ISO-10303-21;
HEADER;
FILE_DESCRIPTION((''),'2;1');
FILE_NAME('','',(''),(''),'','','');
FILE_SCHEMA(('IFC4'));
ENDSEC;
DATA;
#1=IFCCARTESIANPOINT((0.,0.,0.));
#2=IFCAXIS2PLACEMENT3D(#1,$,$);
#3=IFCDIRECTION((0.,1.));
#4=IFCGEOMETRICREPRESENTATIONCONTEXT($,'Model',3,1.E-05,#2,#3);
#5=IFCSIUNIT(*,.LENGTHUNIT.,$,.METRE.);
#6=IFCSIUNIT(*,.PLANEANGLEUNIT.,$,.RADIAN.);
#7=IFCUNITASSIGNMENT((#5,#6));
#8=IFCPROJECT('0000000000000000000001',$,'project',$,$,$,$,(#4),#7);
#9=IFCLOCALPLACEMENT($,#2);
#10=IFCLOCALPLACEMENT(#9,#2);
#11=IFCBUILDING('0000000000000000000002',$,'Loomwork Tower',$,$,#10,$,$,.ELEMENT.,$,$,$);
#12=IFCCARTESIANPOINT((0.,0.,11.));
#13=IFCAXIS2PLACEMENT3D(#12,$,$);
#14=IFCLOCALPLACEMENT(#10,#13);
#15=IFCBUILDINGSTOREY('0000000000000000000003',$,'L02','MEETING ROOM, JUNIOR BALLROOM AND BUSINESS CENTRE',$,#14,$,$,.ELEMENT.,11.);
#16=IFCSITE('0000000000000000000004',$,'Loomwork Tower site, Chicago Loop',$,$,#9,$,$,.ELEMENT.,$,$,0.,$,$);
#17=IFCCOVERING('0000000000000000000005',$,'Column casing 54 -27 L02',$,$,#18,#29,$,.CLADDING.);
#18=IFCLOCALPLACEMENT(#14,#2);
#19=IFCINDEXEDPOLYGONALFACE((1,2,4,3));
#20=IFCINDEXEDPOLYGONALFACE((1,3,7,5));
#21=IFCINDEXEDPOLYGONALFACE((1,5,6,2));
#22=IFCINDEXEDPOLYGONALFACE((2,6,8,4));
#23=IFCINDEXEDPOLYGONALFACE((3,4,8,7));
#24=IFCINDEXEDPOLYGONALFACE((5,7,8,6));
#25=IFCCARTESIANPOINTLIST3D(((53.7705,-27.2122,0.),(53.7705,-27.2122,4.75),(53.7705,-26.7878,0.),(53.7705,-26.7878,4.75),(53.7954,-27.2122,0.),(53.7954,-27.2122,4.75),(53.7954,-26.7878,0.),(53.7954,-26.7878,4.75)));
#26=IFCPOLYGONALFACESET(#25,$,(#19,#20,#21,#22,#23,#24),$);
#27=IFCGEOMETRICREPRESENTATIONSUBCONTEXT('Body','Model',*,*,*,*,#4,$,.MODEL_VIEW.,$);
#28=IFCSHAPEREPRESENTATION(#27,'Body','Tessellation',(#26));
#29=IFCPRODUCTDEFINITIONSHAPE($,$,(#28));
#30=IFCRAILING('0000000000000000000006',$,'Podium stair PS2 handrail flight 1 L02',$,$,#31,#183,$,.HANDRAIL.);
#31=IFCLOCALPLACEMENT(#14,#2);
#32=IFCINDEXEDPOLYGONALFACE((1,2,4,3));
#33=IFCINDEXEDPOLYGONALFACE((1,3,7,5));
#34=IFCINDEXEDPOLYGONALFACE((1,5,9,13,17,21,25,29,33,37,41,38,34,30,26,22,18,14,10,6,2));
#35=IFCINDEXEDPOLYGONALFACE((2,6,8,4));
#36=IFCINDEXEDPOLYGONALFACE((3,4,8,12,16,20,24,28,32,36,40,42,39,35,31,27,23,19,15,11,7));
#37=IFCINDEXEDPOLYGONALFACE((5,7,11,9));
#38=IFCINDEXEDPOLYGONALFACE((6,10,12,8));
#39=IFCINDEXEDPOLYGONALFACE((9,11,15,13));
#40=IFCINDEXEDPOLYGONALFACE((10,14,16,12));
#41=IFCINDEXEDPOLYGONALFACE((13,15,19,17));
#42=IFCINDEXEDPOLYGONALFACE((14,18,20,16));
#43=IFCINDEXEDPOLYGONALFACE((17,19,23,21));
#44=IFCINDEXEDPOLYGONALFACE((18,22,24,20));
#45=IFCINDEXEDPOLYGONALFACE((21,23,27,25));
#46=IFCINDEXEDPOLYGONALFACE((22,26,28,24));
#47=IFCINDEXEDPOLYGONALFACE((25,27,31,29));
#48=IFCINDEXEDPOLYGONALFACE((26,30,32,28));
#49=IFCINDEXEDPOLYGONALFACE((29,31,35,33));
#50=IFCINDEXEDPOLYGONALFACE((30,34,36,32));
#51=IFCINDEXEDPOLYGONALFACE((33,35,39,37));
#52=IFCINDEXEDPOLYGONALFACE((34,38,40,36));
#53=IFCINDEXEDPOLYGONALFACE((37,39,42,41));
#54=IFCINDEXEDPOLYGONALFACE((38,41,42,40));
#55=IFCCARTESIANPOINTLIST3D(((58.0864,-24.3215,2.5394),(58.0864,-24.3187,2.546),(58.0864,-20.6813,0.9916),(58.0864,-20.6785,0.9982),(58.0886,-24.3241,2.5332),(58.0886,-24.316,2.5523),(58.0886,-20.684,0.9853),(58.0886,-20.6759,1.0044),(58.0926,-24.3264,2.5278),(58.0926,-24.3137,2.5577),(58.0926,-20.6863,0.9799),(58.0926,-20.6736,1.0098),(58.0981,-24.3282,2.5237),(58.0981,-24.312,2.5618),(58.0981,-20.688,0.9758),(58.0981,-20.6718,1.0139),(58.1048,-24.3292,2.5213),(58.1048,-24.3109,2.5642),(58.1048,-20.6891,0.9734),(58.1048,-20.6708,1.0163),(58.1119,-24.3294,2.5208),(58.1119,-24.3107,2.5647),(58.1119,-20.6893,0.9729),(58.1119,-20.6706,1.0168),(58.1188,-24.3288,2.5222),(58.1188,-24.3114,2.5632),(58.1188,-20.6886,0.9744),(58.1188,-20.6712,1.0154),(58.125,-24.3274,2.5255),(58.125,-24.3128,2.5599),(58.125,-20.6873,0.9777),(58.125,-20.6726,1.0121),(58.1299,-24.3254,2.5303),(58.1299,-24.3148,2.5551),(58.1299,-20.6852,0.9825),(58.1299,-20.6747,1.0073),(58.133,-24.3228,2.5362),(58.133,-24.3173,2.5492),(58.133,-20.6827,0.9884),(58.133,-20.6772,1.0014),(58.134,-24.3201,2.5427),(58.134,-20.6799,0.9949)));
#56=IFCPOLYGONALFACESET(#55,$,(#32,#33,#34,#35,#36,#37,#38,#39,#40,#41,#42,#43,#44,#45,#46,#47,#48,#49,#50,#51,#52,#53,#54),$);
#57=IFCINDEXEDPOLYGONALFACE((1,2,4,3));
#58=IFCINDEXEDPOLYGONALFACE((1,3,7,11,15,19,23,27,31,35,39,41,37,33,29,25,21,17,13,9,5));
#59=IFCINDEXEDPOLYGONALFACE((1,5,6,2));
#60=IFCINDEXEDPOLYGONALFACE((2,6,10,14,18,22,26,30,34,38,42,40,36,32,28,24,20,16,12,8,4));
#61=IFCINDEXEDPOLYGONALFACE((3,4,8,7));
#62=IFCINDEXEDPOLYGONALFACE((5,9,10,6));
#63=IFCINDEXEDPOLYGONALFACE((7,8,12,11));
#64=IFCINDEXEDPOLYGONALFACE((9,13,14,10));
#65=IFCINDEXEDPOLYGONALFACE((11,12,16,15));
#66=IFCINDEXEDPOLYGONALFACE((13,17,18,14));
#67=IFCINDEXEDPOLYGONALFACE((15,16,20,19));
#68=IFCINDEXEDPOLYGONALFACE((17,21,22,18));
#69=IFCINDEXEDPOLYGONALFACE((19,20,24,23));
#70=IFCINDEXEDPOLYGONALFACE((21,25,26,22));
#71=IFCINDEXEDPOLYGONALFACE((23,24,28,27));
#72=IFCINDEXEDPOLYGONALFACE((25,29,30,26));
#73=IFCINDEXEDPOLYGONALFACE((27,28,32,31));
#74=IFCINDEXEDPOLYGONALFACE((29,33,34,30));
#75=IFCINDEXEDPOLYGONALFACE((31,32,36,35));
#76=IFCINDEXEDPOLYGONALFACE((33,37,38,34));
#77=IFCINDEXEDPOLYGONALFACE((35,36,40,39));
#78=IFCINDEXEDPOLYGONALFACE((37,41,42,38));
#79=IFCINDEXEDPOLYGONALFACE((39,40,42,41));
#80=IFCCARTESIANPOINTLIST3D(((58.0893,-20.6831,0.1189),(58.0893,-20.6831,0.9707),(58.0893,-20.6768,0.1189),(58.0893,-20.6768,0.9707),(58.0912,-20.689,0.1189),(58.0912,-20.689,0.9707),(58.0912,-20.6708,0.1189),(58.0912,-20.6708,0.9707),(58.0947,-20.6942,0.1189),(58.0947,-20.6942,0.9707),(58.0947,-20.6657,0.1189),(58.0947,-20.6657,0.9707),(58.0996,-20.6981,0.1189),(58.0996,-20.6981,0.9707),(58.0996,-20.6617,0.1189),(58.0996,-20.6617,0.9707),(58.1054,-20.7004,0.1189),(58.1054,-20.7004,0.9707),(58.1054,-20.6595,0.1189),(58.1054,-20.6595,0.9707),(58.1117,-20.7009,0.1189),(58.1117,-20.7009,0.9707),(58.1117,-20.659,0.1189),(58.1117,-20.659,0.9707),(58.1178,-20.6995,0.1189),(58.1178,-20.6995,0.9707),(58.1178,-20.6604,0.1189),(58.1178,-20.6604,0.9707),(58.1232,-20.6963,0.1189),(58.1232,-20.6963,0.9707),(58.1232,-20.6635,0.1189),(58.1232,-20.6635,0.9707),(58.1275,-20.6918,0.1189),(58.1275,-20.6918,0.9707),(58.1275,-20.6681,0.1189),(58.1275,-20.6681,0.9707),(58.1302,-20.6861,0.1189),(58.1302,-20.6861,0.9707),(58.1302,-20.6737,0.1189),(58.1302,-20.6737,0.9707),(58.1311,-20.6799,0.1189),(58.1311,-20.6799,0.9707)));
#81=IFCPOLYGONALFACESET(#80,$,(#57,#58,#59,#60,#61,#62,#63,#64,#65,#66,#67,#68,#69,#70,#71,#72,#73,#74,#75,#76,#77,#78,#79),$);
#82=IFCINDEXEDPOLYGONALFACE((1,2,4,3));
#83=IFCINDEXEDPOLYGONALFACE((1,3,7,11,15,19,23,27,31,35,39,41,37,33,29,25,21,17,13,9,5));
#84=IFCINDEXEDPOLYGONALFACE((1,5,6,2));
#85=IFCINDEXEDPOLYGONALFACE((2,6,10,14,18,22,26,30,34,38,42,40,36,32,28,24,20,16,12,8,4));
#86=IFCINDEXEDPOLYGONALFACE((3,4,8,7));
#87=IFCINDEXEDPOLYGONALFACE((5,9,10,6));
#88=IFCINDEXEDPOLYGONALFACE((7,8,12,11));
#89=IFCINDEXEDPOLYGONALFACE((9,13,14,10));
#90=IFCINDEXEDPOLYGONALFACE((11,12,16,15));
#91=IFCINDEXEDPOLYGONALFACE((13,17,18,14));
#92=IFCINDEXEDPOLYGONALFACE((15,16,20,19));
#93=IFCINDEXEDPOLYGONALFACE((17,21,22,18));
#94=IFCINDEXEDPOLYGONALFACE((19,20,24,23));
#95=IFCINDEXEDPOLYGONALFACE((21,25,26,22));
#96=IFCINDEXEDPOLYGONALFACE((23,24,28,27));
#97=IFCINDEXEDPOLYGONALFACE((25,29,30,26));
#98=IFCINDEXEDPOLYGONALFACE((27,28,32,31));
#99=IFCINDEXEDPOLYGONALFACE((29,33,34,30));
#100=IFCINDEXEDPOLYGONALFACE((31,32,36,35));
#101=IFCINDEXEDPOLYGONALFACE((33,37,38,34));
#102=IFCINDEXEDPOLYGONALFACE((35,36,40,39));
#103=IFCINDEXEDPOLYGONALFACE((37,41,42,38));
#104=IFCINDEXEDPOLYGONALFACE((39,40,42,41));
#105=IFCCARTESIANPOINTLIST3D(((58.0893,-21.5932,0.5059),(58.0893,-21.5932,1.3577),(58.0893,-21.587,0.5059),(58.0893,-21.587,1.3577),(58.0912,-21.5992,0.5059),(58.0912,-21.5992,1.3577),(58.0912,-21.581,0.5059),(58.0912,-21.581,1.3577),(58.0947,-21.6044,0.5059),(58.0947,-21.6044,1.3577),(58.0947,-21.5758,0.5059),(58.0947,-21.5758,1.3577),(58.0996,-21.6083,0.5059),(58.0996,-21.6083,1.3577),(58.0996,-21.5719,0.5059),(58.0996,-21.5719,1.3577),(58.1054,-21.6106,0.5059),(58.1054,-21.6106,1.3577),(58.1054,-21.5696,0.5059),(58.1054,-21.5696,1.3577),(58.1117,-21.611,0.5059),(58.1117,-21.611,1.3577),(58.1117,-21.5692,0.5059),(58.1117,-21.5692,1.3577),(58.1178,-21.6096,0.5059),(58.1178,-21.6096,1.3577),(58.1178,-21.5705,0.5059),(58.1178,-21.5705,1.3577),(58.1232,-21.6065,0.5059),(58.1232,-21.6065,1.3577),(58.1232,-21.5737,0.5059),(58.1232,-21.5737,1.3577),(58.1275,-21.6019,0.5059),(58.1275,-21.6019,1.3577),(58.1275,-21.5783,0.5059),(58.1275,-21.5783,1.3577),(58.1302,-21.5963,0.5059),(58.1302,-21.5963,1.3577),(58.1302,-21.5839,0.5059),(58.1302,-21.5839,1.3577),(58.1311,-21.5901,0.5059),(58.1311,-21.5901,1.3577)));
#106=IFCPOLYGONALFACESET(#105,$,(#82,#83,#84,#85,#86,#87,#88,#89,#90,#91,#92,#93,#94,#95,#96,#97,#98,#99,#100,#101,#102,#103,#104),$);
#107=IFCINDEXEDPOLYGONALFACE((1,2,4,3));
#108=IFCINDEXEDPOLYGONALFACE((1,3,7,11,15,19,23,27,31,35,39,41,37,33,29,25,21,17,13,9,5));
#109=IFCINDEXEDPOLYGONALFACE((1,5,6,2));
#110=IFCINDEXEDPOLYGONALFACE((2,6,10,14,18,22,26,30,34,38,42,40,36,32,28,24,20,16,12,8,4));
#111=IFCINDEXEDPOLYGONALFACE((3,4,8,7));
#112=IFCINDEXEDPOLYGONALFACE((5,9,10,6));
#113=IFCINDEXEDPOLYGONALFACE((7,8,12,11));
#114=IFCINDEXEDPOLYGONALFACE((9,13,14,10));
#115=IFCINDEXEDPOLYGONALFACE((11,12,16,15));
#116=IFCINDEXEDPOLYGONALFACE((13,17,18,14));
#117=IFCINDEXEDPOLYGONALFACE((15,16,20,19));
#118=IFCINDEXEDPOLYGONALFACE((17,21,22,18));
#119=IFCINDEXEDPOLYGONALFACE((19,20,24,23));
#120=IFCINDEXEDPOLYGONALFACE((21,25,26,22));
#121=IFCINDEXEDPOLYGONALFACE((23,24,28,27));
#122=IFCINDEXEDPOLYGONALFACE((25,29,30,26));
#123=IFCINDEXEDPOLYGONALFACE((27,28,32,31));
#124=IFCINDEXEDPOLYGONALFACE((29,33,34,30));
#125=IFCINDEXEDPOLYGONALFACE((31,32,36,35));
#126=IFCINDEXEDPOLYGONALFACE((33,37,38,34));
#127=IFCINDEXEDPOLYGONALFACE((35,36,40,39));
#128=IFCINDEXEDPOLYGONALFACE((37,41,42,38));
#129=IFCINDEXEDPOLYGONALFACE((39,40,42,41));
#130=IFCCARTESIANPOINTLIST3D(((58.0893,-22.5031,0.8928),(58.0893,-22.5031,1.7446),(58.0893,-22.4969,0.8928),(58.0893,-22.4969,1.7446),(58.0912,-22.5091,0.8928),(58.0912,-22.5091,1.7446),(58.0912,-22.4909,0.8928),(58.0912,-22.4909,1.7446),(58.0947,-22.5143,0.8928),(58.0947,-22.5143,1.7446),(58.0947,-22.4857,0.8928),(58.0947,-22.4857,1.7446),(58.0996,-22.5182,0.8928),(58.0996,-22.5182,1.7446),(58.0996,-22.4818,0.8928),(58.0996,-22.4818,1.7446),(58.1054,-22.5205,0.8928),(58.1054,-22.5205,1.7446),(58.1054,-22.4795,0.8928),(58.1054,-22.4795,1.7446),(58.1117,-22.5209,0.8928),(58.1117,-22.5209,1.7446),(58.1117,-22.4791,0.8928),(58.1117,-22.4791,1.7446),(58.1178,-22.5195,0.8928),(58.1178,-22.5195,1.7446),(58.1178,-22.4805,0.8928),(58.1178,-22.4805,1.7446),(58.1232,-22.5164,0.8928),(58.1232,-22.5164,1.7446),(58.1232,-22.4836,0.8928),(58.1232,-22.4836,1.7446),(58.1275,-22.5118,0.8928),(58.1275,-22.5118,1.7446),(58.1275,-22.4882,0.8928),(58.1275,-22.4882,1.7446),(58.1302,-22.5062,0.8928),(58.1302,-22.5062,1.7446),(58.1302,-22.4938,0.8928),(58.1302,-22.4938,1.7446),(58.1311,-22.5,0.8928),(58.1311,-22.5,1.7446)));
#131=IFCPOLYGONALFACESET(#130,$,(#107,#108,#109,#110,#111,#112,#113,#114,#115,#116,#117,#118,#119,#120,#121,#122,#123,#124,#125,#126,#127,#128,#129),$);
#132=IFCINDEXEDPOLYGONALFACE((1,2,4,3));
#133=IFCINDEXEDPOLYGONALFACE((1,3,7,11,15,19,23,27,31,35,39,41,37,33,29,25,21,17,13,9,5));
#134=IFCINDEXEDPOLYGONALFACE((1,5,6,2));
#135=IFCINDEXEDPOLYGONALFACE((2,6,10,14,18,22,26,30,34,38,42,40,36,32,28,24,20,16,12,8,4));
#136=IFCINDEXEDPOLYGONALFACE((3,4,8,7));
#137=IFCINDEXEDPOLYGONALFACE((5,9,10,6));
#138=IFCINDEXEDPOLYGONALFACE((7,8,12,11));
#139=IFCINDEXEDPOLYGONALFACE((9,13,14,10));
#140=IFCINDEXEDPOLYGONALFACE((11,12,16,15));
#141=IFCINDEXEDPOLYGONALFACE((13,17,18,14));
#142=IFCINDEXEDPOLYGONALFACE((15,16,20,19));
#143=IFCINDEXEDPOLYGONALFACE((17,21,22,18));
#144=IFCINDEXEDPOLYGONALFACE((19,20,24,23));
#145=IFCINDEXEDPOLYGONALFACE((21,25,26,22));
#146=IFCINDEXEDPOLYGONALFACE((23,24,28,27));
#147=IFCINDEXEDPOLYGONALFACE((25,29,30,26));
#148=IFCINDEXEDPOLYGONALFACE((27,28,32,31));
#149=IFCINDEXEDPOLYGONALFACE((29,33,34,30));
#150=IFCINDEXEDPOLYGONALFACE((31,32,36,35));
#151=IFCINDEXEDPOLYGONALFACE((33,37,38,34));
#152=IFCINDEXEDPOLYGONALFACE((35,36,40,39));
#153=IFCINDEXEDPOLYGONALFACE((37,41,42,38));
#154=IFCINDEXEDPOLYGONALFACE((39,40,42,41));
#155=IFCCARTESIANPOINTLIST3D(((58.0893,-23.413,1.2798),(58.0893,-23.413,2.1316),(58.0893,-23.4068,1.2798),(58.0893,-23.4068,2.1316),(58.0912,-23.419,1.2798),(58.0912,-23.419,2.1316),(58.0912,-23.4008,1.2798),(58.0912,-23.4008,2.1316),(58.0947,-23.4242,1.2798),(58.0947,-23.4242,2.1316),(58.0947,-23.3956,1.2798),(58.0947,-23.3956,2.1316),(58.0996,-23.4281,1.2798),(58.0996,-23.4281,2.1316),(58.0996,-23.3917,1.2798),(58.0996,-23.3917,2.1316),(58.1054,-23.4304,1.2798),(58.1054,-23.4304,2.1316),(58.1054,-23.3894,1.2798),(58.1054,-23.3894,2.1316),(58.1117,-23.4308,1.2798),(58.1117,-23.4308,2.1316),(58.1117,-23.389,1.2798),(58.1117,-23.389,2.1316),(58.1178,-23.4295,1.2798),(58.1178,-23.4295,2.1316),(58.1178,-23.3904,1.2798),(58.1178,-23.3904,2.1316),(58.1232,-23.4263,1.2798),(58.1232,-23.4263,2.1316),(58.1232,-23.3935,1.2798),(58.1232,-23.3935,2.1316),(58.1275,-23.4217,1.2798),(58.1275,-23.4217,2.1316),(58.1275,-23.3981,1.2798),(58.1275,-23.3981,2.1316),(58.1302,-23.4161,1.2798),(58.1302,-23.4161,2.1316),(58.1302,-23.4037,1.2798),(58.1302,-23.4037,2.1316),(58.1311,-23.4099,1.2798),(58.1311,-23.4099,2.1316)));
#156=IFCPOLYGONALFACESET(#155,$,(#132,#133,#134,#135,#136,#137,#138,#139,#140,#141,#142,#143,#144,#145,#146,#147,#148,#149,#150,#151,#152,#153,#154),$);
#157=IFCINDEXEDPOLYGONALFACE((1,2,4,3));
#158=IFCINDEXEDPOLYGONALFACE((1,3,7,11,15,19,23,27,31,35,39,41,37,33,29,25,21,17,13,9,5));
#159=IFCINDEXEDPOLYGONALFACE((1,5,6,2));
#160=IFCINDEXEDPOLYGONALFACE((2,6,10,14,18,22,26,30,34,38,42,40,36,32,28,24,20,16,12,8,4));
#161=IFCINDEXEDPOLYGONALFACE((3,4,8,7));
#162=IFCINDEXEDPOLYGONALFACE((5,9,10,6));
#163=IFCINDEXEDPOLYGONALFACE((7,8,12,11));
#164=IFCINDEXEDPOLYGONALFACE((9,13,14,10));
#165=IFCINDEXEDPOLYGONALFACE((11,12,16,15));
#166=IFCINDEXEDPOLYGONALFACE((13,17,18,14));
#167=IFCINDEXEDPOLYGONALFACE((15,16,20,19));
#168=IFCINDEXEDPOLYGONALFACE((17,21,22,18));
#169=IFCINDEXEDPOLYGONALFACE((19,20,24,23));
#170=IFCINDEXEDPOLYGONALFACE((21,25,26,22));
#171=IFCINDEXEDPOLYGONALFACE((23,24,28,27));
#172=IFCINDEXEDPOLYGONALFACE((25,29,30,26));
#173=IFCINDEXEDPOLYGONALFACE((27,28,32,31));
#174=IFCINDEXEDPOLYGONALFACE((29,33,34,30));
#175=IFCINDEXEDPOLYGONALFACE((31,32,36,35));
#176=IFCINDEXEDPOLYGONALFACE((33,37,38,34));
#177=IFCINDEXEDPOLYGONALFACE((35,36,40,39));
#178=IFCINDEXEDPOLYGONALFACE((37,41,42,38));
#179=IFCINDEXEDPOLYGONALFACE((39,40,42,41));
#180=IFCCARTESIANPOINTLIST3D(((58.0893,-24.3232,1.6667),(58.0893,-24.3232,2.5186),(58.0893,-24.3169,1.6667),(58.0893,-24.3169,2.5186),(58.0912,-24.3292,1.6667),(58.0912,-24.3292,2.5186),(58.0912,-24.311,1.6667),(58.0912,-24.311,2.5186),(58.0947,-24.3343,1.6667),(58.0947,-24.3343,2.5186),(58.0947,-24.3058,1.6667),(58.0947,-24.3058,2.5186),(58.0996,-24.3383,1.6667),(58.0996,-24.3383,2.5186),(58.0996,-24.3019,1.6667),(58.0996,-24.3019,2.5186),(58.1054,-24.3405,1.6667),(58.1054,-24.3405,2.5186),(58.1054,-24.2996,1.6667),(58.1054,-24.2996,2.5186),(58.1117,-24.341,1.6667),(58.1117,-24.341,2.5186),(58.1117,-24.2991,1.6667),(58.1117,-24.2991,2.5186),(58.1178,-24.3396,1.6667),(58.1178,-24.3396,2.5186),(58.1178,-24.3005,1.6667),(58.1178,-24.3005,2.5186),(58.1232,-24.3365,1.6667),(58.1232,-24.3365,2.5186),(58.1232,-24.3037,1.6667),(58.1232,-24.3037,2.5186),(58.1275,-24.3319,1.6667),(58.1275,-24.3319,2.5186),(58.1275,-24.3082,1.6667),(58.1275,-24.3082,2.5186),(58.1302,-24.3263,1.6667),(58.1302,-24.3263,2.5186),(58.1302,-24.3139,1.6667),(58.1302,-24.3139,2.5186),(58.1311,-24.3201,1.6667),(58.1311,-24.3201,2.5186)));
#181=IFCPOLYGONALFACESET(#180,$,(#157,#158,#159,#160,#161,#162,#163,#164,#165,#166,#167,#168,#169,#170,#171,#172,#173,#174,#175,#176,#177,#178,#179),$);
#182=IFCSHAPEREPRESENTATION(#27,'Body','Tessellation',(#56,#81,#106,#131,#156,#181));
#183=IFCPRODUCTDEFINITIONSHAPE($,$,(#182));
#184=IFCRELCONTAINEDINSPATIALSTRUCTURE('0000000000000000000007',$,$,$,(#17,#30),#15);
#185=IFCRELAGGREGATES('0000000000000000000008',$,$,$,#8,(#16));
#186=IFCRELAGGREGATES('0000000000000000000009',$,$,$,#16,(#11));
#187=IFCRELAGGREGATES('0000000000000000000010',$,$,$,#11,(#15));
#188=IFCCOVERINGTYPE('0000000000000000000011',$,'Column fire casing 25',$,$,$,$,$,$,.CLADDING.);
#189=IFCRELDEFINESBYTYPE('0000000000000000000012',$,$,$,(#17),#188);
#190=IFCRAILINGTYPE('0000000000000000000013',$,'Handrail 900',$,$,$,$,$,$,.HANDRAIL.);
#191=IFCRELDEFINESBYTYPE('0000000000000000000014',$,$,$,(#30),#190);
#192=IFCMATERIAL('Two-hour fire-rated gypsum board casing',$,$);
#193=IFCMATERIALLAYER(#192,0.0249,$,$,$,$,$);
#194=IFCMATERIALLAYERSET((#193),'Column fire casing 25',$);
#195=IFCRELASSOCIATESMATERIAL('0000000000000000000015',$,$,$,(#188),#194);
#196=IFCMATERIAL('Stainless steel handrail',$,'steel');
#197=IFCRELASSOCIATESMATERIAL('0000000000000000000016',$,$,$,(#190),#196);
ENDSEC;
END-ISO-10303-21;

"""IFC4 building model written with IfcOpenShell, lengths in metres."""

from ifc_helpers import new_model, si_unit, direction, frame, origin, origin_2d, place, context, subcontext, project, spatial, rectangle, circle, extrude, material, layer, layer_set, type_object, element, save


model = new_model("IFC4")

# Units and contexts
model_context = context("Model", 3, precision=1e-05, world=origin(), true_north=direction((0.0, 1.0)))
body_context = subcontext(model_context, "Body", "Model", "MODEL_VIEW")
ifc_project = project(units=[si_unit("LENGTHUNIT", "METRE"), si_unit("PLANEANGLEUNIT", "RADIAN")], contexts=[model_context])

# Site, building, storey
site_placement = place(None, origin())
site = spatial("IfcSite", under=ifc_project, at=site_placement, Name="Loomwork Tower site, Chicago Loop", CompositionType="ELEMENT", RefElevation=0.0)
building_placement = place(site_placement, origin())
building = spatial("IfcBuilding", under=site, at=building_placement, Name="Loomwork Tower", CompositionType="ELEMENT")
storey_placement = place(building_placement, frame((0.0, 0.0, 11.0)))
storey = spatial("IfcBuildingStorey", under=building, at=storey_placement, Name="L02", Description="MEETING ROOM, JUNIOR BALLROOM AND BUSINESS CENTRE", CompositionType="ELEMENT", Elevation=11.0)

# Covering
ifc_material_1 = material(Name="Two-hour fire-rated gypsum board casing")
ifc_layer_1 = layer(ifc_material_1, 0.0249)
ifc_layer_set_1 = layer_set([ifc_layer_1], Name="Column fire casing 25")
covering_type = type_object("IfcCoveringType", Name="Column fire casing 25", PredefinedType="CLADDING", material=ifc_layer_set_1)
for number, where, z_axis, x_axis, name in (
    (1, (53.783, -27.0, 0.0), (0.0, 0.0, 1.0), (1.0, 0.0, 0.0), "Column casing 54 -27 L02"),
):
    element("IfcCovering", number, at=place(storey_placement, frame(where, z_axis=z_axis, x_axis=x_axis)), inside=storey, type_object=covering_type, Name=name, PredefinedType="CLADDING", context=body_context, shape_type="SweptSolid", body=[
        extrude(rectangle(XDim=0.0249, YDim=0.4243, at=origin_2d()), origin(), (0.0, 0.0, 1.0), 4.75),
    ])

# Railing
ifc_material_2 = material(Name="Stainless steel handrail", Category="steel")
railing_type = type_object("IfcRailingType", Name="Handrail 900", PredefinedType="HANDRAIL", material=ifc_material_2)
railing_1_placement = place(storey_placement, frame((58.1101, -20.6799, 0.1189)))
element("IfcRailing", 2, at=railing_1_placement, inside=storey, type_object=railing_type, Name="Podium stair PS2 handrail flight 1 L02", PredefinedType="HANDRAIL", context=body_context, shape_type="SweptSolid", body=[
    extrude(circle(Radius=0.0239, at=origin_2d()), frame((0.0, 0.0, 0.876), z_axis=(0.0, -0.920259, 0.391311), x_axis=(1.0, 0.0, 0.0)), (0.0, 0.0, 1.0), 3.9556),
    extrude(circle(Radius=0.021, at=origin_2d()), origin(), (0.0, 0.0, 1.0), 0.8518),
    extrude(circle(Radius=0.021, at=origin_2d()), frame((0.0, -0.9102, 0.387)), (0.0, 0.0, 1.0), 0.8518),
    extrude(circle(Radius=0.021, at=origin_2d()), frame((0.0, -1.8201, 0.7739)), (0.0, 0.0, 1.0), 0.8518),
    extrude(circle(Radius=0.021, at=origin_2d()), frame((0.0, -2.73, 1.1609)), (0.0, 0.0, 1.0), 0.8518),
    extrude(circle(Radius=0.021, at=origin_2d()), frame((0.0, -3.6401, 1.5479)), (0.0, 0.0, 1.0), 0.8518),
])

save(model, "model.ifc")
